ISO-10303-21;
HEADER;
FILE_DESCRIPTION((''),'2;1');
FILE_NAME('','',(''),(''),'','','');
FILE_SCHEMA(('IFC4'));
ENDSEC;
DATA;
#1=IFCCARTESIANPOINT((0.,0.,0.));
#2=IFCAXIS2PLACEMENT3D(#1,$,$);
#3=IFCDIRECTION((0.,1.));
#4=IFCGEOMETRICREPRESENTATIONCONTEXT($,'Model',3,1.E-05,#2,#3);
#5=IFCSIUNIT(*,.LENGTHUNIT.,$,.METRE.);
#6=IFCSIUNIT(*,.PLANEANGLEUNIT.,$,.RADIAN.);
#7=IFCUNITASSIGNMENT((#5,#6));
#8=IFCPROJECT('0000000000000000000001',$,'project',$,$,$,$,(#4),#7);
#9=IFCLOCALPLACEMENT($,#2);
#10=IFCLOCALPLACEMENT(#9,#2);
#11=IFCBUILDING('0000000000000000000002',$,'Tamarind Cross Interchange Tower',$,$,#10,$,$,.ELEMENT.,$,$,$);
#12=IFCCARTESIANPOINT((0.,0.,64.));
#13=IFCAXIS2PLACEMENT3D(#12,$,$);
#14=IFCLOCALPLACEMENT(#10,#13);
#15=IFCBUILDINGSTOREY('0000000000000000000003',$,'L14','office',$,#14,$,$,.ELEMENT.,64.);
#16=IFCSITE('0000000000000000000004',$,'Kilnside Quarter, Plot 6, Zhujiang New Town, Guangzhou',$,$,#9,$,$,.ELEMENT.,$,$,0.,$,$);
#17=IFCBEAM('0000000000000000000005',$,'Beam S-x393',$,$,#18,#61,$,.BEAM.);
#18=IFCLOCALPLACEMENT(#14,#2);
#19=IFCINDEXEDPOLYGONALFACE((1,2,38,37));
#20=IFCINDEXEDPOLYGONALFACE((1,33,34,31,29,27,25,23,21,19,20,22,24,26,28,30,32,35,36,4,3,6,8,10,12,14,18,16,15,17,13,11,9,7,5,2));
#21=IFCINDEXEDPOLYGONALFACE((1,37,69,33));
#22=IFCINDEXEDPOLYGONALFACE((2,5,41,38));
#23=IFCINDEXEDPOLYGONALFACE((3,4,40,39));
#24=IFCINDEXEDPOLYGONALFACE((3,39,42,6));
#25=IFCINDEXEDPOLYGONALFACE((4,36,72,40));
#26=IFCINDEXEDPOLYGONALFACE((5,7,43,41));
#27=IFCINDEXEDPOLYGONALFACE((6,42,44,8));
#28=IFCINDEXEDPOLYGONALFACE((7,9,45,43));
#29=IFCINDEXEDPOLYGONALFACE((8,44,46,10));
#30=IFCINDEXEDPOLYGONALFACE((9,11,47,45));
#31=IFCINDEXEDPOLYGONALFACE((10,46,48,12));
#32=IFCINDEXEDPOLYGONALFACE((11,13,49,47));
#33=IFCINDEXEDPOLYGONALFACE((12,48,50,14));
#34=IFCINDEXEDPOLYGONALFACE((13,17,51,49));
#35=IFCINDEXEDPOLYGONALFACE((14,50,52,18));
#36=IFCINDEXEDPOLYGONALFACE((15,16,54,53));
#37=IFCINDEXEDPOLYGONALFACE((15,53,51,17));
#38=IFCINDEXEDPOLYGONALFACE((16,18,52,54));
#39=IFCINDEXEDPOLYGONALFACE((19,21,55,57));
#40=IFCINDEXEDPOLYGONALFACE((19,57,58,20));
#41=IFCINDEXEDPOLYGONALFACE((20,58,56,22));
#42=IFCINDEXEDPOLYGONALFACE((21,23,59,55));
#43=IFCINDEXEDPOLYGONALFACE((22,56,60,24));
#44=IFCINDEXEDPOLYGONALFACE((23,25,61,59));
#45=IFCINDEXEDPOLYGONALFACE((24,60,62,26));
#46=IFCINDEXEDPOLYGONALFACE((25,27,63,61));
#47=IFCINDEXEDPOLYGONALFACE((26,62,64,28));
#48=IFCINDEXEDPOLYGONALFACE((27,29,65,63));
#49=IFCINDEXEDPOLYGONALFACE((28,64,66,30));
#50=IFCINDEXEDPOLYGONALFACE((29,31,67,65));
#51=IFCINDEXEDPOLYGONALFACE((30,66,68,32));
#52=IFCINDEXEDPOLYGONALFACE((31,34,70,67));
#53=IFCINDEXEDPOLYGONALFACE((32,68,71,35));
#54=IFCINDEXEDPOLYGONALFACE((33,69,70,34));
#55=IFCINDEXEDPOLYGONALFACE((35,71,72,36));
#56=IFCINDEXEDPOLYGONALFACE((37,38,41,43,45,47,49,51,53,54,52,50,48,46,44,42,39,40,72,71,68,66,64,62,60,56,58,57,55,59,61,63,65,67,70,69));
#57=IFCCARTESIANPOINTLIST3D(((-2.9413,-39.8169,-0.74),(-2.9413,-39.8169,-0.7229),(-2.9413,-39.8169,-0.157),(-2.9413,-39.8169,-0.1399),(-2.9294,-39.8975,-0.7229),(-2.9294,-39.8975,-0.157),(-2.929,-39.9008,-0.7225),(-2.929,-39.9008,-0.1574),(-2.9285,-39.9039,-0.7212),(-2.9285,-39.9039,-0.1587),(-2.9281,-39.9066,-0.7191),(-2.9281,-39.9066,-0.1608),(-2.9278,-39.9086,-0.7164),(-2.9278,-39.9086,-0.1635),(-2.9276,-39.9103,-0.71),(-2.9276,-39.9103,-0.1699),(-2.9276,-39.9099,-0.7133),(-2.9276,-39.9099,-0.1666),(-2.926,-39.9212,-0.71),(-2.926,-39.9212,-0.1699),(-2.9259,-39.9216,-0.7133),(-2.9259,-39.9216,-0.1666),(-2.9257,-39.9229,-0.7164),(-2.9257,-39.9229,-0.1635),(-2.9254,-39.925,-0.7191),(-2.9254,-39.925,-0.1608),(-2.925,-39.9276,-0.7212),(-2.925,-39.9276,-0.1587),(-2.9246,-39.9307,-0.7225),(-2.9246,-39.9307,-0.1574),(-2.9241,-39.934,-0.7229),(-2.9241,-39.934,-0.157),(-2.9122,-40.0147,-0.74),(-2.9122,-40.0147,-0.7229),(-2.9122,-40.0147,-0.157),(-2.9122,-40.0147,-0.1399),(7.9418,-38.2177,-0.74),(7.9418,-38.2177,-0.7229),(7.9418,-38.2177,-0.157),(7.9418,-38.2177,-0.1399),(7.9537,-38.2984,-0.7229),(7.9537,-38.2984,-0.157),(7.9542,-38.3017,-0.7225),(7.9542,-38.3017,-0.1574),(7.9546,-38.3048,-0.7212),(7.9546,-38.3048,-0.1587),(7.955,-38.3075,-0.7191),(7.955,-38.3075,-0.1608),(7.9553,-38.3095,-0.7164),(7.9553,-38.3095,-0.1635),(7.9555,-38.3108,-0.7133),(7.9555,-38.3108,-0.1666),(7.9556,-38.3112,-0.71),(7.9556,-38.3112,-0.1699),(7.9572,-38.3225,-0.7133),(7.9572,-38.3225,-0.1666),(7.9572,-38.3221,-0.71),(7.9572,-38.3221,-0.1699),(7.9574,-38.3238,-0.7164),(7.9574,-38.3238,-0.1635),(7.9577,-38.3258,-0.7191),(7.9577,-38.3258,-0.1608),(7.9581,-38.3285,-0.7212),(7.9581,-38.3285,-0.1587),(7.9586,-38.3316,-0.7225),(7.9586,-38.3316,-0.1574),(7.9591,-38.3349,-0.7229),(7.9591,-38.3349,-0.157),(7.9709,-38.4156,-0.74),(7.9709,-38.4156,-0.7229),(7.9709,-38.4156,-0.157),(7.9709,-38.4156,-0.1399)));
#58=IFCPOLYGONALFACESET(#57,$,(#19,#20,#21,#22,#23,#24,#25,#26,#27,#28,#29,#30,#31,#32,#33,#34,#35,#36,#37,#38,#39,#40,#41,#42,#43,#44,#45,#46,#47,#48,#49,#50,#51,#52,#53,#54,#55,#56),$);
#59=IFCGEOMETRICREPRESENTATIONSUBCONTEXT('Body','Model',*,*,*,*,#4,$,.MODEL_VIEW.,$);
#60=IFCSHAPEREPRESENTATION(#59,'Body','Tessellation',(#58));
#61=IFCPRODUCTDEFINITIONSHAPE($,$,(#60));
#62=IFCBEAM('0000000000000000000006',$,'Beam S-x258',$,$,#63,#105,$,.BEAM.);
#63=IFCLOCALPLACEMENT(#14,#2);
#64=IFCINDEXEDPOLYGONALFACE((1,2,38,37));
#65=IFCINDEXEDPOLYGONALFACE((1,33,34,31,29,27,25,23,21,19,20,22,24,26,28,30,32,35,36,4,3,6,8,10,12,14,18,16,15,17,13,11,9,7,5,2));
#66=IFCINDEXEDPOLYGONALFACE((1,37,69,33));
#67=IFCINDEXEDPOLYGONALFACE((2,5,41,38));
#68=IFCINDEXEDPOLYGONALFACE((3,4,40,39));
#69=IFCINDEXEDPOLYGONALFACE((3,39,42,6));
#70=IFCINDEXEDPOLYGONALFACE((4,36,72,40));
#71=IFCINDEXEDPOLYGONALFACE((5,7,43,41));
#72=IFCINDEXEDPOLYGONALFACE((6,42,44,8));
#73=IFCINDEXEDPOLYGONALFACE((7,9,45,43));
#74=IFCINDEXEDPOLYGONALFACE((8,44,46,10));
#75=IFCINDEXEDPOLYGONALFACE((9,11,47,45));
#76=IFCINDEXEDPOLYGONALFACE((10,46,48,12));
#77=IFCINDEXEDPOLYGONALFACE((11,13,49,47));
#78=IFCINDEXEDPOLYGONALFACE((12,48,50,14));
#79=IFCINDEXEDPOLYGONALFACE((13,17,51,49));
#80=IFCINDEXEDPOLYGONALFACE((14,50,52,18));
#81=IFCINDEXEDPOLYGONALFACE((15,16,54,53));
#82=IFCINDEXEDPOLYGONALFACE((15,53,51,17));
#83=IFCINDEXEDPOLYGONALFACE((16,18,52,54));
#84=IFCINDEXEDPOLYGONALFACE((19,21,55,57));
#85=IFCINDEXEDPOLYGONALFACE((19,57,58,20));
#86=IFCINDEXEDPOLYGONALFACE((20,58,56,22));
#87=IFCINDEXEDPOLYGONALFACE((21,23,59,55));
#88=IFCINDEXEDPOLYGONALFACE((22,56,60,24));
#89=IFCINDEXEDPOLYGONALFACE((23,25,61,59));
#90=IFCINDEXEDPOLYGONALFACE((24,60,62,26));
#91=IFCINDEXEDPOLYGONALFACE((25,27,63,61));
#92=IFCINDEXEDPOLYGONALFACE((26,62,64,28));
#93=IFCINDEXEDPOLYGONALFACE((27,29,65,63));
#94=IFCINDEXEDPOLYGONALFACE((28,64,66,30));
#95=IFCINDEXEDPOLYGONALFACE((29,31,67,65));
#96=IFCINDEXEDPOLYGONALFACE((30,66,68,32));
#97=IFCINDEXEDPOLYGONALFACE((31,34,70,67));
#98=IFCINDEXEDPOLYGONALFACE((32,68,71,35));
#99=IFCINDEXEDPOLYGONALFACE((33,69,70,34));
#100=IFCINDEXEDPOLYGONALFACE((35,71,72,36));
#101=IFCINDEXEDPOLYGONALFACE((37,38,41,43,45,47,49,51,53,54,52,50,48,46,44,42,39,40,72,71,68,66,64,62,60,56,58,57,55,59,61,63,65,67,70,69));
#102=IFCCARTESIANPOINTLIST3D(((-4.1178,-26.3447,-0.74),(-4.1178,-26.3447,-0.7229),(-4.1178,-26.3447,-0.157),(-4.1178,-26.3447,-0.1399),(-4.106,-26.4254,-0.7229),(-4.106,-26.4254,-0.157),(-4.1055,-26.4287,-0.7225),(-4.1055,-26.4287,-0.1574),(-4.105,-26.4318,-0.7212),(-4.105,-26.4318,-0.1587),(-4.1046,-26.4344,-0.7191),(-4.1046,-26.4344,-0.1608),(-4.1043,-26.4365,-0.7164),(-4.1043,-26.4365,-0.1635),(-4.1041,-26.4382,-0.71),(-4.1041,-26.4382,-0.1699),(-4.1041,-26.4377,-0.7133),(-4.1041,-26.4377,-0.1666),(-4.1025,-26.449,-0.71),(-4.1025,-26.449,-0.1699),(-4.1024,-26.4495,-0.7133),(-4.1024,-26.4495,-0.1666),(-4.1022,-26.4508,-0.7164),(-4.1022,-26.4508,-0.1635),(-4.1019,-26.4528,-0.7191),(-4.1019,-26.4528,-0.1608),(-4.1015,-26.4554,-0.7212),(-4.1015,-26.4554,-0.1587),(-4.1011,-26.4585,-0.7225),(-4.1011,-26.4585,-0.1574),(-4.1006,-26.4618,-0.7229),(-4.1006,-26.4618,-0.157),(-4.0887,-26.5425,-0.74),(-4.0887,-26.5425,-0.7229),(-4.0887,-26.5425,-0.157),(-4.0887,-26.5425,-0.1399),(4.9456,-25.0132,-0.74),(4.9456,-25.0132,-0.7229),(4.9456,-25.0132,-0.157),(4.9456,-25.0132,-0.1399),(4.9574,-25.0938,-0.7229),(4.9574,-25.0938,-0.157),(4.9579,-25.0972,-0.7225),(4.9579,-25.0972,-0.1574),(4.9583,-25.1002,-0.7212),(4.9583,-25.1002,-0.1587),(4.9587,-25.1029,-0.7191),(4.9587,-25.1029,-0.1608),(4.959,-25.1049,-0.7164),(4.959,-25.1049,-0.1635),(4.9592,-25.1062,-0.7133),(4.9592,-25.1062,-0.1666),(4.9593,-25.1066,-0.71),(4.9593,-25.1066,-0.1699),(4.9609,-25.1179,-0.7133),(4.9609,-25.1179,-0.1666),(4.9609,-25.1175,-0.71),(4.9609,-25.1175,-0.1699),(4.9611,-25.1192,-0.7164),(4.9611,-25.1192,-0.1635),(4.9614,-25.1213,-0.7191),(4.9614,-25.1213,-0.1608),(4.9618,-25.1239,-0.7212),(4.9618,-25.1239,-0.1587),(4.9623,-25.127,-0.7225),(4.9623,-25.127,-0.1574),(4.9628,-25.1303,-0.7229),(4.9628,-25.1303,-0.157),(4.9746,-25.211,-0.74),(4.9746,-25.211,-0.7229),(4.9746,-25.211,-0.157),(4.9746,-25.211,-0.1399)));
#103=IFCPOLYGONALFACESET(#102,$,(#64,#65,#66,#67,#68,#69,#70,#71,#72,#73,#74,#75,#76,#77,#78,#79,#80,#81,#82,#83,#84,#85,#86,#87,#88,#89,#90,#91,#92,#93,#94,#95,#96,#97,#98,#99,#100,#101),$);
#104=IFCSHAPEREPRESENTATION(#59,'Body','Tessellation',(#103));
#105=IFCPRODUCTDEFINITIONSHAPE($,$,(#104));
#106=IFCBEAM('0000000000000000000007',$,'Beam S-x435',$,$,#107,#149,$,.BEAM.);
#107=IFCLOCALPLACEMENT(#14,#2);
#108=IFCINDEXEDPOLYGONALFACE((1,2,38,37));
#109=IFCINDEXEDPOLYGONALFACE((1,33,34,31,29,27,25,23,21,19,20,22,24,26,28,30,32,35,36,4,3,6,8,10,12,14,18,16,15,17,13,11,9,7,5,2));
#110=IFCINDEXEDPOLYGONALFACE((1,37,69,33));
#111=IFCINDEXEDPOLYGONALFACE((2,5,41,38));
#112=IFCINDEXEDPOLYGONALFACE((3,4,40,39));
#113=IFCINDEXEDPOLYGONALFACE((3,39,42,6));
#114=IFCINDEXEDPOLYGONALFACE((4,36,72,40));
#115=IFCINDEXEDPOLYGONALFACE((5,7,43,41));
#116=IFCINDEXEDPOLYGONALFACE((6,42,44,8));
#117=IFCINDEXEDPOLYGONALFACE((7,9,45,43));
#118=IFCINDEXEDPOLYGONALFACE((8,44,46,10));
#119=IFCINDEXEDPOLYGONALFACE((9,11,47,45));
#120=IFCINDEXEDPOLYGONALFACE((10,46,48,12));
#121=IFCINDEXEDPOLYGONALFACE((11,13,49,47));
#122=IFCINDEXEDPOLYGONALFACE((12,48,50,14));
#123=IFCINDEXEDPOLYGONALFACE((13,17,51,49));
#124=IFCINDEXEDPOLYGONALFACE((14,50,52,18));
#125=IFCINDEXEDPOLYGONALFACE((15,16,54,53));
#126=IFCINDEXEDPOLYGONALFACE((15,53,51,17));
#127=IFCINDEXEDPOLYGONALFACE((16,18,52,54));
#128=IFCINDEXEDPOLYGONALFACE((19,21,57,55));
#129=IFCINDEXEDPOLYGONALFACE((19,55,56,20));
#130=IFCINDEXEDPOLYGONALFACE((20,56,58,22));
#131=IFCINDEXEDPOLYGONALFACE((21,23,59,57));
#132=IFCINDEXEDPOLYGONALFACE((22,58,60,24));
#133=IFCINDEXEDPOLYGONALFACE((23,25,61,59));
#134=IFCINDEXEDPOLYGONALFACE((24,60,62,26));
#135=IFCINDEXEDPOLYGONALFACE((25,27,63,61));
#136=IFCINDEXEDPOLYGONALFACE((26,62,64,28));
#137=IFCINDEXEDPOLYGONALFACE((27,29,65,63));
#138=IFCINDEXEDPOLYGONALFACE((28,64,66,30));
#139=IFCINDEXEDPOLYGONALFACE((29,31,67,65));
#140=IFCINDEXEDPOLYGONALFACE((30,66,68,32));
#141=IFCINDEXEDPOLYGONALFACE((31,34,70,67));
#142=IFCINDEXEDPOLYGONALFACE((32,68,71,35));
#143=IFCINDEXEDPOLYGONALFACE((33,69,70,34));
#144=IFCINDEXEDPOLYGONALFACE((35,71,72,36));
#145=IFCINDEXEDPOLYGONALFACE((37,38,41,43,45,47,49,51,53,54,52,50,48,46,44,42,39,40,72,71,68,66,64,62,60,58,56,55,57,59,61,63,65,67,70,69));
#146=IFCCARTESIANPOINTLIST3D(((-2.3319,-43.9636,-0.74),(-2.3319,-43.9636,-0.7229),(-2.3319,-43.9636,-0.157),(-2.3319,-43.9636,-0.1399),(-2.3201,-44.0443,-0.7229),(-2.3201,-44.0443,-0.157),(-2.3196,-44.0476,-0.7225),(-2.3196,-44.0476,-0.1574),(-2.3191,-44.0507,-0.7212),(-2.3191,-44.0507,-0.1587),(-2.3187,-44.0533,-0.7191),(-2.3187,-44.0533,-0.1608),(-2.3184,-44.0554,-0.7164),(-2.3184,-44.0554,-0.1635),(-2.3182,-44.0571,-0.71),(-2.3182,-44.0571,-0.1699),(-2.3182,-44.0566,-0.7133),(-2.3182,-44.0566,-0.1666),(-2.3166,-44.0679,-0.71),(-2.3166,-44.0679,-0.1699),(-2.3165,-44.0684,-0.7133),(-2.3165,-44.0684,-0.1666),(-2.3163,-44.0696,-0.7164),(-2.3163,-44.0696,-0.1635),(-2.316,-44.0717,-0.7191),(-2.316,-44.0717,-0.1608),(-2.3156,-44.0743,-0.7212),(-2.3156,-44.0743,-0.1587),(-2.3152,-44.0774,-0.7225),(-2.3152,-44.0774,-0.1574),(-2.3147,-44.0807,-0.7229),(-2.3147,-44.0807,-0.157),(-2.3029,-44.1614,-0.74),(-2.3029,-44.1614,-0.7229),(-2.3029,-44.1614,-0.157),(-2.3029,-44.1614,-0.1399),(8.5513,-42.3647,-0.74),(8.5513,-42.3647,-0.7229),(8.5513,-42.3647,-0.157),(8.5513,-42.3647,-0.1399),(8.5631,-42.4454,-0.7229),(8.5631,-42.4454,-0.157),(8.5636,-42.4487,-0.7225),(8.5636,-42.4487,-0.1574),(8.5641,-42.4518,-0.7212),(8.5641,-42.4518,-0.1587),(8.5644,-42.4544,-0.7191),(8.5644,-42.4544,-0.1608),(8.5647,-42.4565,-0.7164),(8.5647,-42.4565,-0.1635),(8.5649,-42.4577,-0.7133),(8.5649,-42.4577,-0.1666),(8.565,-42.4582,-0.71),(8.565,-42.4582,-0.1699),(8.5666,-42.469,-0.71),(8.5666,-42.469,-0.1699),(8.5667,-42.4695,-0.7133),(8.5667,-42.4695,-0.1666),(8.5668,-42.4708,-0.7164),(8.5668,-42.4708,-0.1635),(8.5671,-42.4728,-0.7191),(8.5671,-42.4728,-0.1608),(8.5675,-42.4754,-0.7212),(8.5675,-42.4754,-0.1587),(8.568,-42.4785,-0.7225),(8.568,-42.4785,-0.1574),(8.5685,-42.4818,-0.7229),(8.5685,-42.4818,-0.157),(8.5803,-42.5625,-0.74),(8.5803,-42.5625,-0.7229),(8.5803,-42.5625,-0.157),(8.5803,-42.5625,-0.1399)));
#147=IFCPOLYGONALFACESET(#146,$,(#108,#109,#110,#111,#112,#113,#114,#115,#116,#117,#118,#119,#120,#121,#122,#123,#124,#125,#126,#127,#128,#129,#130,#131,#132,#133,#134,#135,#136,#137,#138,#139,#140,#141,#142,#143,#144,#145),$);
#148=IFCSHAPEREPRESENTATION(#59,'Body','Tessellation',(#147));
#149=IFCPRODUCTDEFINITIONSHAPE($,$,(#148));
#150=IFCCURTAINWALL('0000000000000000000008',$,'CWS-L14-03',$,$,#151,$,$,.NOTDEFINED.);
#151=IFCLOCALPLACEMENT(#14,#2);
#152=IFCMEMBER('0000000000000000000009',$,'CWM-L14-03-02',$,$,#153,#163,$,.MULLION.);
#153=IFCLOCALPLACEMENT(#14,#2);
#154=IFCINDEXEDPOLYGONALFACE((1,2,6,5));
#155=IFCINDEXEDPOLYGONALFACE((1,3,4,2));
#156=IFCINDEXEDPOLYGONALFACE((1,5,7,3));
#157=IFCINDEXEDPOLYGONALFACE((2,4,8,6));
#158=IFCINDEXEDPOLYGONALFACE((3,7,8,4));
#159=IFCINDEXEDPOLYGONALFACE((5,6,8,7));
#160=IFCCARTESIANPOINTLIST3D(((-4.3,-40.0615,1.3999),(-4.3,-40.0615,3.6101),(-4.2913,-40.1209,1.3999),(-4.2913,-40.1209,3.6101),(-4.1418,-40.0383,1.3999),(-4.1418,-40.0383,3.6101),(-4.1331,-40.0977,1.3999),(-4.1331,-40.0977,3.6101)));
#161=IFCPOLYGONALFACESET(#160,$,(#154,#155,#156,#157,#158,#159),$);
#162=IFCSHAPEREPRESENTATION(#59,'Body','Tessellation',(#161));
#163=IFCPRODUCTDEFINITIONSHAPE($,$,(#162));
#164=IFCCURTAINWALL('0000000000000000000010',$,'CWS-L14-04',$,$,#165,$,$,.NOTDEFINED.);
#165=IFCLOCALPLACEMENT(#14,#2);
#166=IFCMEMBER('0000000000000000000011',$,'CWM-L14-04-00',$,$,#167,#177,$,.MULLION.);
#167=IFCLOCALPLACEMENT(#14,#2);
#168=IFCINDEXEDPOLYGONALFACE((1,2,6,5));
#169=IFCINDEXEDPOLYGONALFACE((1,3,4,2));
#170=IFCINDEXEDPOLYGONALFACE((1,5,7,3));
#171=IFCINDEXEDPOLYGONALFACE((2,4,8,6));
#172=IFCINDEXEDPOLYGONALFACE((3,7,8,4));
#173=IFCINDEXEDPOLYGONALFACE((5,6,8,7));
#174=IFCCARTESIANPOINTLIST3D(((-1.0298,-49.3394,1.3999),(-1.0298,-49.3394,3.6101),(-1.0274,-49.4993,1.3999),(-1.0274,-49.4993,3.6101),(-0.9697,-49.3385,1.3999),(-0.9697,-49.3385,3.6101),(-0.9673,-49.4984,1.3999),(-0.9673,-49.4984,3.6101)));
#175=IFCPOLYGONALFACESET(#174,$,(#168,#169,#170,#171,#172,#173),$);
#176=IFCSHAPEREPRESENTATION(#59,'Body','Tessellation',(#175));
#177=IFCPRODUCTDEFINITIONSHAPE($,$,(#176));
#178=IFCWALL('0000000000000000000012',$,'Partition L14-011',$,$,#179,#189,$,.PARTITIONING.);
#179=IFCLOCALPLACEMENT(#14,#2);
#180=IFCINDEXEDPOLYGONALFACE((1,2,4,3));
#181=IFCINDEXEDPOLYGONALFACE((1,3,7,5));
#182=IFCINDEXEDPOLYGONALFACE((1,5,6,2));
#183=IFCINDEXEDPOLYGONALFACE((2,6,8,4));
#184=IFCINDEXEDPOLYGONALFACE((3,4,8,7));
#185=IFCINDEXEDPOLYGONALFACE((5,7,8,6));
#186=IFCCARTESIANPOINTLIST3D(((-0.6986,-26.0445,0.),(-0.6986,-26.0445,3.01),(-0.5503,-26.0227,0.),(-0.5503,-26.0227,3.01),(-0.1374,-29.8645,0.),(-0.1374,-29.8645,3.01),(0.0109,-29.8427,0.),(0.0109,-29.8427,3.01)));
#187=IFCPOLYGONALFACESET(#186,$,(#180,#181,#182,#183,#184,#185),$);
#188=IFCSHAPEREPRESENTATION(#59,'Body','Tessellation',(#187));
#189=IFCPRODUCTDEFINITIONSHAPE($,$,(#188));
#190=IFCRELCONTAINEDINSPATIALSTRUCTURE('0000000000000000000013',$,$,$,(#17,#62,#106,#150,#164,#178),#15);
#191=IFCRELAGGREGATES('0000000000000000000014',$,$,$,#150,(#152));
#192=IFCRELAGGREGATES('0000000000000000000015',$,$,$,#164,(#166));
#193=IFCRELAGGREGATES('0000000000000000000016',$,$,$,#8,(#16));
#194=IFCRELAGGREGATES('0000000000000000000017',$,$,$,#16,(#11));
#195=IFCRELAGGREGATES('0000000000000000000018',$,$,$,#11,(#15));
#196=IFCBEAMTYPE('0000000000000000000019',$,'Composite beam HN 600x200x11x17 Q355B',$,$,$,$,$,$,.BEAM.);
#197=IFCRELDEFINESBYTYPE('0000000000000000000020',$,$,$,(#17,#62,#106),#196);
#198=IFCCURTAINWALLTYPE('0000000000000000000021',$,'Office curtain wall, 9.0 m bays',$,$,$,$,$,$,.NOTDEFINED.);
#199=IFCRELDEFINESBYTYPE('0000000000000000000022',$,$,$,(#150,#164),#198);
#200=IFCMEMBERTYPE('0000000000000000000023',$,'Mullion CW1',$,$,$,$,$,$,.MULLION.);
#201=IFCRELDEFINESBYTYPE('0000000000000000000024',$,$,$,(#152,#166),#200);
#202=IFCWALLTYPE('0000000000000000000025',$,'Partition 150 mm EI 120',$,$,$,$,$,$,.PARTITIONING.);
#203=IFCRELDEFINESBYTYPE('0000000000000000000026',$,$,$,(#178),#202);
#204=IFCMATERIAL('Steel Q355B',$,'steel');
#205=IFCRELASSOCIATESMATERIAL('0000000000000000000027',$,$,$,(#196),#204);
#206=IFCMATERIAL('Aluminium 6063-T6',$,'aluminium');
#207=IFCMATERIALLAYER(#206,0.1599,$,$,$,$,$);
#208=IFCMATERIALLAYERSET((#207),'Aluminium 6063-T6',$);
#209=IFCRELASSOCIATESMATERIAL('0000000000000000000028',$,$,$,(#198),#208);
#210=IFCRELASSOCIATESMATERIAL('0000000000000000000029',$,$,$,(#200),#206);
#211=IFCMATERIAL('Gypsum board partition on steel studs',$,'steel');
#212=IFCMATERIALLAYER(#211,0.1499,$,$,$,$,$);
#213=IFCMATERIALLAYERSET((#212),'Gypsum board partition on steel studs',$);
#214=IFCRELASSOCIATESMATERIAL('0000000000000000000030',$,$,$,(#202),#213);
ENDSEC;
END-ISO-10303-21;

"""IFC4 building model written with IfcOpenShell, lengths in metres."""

from ifc_helpers import new_model, si_unit, direction, frame, frame_2d, origin, origin_2d, place, context, subcontext, project, spatial, rectangle, i_section, extrude, material, layer, layer_set, material_profile, profile_set, type_object, element, aggregate, save


model = new_model("IFC4")

# Units and contexts
model_context = context("Model", 3, precision=1e-05, world=origin(), true_north=direction((0.0, 1.0)))
body_context = subcontext(model_context, "Body", "Model", "MODEL_VIEW")
ifc_project = project(units=[si_unit("LENGTHUNIT", "METRE"), si_unit("PLANEANGLEUNIT", "RADIAN")], contexts=[model_context])

# Site, building, storey
site_placement = place(None, origin())
site = spatial("IfcSite", under=ifc_project, at=site_placement, Name="Kilnside Quarter, Plot 6, Zhujiang New Town, Guangzhou", CompositionType="ELEMENT", RefElevation=0.0)
building_placement = place(site_placement, origin())
building = spatial("IfcBuilding", under=site, at=building_placement, Name="Tamarind Cross Interchange Tower", CompositionType="ELEMENT")
storey_placement = place(building_placement, frame((0.0, 0.0, 64.0)))
storey = spatial("IfcBuildingStorey", under=building, at=storey_placement, Name="L14", Description="office", CompositionType="ELEMENT", Elevation=64.0)

# Beams
ifc_material_1 = material(Name="Steel Q355B", Category="steel")
ifc_material_profile_1 = material_profile(ifc_material_1, i_section(OverallWidth=0.2, OverallDepth=0.6001, WebThickness=0.011, FlangeThickness=0.0171, FilletRadius=0.0129, at=origin_2d()), Name="HN 600x200x11x17")
ifc_profile_set_1 = profile_set([ifc_material_profile_1], Name="Steel Q355B")
beam_type_1 = type_object("IfcBeamType", Name="Composite beam HN 600x200x11x17 Q355B", PredefinedType="BEAM", material=ifc_profile_set_1)
for number, where, z_axis, x_axis, name in (
    (1, (-2.9268, -39.9158, -0.4399), (0.989377, 0.145376, 0.0), (-0.145376, 0.989377, 0.0), "Beam S-x393"),
):
    element("IfcBeam", number, at=place(storey_placement, frame(where, z_axis=z_axis, x_axis=x_axis)), inside=storey, type_object=beam_type_1, Name=name, PredefinedType="BEAM", context=body_context, shape_type="SweptSolid", body=[
        extrude(i_section(OverallWidth=0.2, OverallDepth=0.6001, WebThickness=0.011, FlangeThickness=0.0171, FilletRadius=0.0129, at=origin_2d()), origin(), (0.0, 0.0, 1.0), 11.0),
    ])
beam_1_placement = place(storey_placement, frame((-4.1033, -26.4436, -0.4399), z_axis=(0.98938, 0.145353, 0.0), x_axis=(-0.145353, 0.98938, 0.0)))
element("IfcBeam", 2, at=beam_1_placement, inside=storey, type_object=beam_type_1, Name="Beam S-x258", PredefinedType="BEAM", context=body_context, shape_type="SweptSolid", body=[
    extrude(i_section(OverallWidth=0.2, OverallDepth=0.6001, WebThickness=0.011, FlangeThickness=0.0171, FilletRadius=0.0129, at=origin_2d()), origin(), (0.0, 0.0, 1.0), 9.1606),
])
beam_2_placement = place(storey_placement, frame((-2.3174, -44.0625, -0.4399), z_axis=(0.98938, 0.145354, 0.0), x_axis=(-0.145354, 0.98938, 0.0)))
element("IfcBeam", 3, at=beam_2_placement, inside=storey, type_object=beam_type_1, Name="Beam S-x435", PredefinedType="BEAM", context=body_context, shape_type="SweptSolid", body=[
    extrude(i_section(OverallWidth=0.2, OverallDepth=0.6001, WebThickness=0.011, FlangeThickness=0.0171, FilletRadius=0.0129, at=origin_2d()), origin(), (0.0, 0.0, 1.0), 11.0),
])

# Curtain walls, members
ifc_material_2 = material(Name="Aluminium 6063-T6", Category="aluminium")
ifc_layer_1 = layer(ifc_material_2, 0.1599)
ifc_layer_set_1 = layer_set([ifc_layer_1], Name="Aluminium 6063-T6")
curtain_wall_type = type_object("IfcCurtainWallType", Name="Office curtain wall, 9.0 m bays", PredefinedType="NOTDEFINED", material=ifc_layer_set_1)
curtain_wall_1_placement = place(storey_placement, origin())
curtain_wall_1 = element("IfcCurtainWall", 4, at=curtain_wall_1_placement, inside=storey, type_object=curtain_wall_type, Name="CWS-L14-03", PredefinedType="NOTDEFINED")
ifc_material_profile_2 = material_profile(ifc_material_2, rectangle(XDim=0.0601, YDim=0.1599, at=origin_2d()), Name="Mullion CW1")
ifc_profile_set_2 = profile_set([ifc_material_profile_2], Name="Aluminium 6063-T6")
member_type = type_object("IfcMemberType", Name="Mullion CW1", PredefinedType="MULLION", material=ifc_profile_set_2)
member_1_placement = place(storey_placement, frame((-4.2166, -40.0796, 1.3999), z_axis=(0.0, 0.0, 1.0), x_axis=(0.145365, -0.989378, 0.0)))
member_1 = element("IfcMember", 5, at=member_1_placement, type_object=member_type, Name="CWM-L14-03-02", PredefinedType="MULLION", context=body_context, shape_type="SweptSolid", body=[
    extrude(rectangle(XDim=0.0601, YDim=0.1599, at=origin_2d()), origin(), (0.0, 0.0, 1.0), 2.2102),
])
aggregate(curtain_wall_1, [member_1])
curtain_wall_2_placement = place(storey_placement, origin())
curtain_wall_2 = element("IfcCurtainWall", 6, at=curtain_wall_2_placement, inside=storey, type_object=curtain_wall_type, Name="CWS-L14-04", PredefinedType="NOTDEFINED")
member_2_placement = place(storey_placement, frame((-0.9985, -49.4189, 1.3999), z_axis=(0.0, 0.0, 1.0), x_axis=(0.999888, 0.014981, 0.0)))
member_2 = element("IfcMember", 7, at=member_2_placement, type_object=member_type, Name="CWM-L14-04-00", PredefinedType="MULLION", context=body_context, shape_type="SweptSolid", body=[
    extrude(rectangle(XDim=0.0601, YDim=0.1599, at=origin_2d()), origin(), (0.0, 0.0, 1.0), 2.2102),
])
aggregate(curtain_wall_2, [member_2])

# Wall
ifc_material_3 = material(Name="Gypsum board partition on steel studs", Category="steel")
ifc_layer_2 = layer(ifc_material_3, 0.1499)
ifc_layer_set_2 = layer_set([ifc_layer_2], Name="Gypsum board partition on steel studs")
wall_type_1 = type_object("IfcWallType", Name="Partition 150 mm EI 120", PredefinedType="PARTITIONING", material=ifc_layer_set_2)
wall_1_placement = place(storey_placement, frame((-0.6245, -26.0334, 0.0), z_axis=(0.0, 0.0, 1.0), x_axis=(0.145368, -0.989378, 0.0)))
element("IfcWall", 8, at=wall_1_placement, inside=storey, type_object=wall_type_1, Name="Partition L14-011", PredefinedType="PARTITIONING", context=body_context, shape_type="SweptSolid", body=[
    extrude(rectangle(XDim=3.8611, YDim=0.1499, at=frame_2d((1.9307, 0.0))), origin(), (0.0, 0.0, 1.0), 3.01),
])

save(model, "model.ifc")
